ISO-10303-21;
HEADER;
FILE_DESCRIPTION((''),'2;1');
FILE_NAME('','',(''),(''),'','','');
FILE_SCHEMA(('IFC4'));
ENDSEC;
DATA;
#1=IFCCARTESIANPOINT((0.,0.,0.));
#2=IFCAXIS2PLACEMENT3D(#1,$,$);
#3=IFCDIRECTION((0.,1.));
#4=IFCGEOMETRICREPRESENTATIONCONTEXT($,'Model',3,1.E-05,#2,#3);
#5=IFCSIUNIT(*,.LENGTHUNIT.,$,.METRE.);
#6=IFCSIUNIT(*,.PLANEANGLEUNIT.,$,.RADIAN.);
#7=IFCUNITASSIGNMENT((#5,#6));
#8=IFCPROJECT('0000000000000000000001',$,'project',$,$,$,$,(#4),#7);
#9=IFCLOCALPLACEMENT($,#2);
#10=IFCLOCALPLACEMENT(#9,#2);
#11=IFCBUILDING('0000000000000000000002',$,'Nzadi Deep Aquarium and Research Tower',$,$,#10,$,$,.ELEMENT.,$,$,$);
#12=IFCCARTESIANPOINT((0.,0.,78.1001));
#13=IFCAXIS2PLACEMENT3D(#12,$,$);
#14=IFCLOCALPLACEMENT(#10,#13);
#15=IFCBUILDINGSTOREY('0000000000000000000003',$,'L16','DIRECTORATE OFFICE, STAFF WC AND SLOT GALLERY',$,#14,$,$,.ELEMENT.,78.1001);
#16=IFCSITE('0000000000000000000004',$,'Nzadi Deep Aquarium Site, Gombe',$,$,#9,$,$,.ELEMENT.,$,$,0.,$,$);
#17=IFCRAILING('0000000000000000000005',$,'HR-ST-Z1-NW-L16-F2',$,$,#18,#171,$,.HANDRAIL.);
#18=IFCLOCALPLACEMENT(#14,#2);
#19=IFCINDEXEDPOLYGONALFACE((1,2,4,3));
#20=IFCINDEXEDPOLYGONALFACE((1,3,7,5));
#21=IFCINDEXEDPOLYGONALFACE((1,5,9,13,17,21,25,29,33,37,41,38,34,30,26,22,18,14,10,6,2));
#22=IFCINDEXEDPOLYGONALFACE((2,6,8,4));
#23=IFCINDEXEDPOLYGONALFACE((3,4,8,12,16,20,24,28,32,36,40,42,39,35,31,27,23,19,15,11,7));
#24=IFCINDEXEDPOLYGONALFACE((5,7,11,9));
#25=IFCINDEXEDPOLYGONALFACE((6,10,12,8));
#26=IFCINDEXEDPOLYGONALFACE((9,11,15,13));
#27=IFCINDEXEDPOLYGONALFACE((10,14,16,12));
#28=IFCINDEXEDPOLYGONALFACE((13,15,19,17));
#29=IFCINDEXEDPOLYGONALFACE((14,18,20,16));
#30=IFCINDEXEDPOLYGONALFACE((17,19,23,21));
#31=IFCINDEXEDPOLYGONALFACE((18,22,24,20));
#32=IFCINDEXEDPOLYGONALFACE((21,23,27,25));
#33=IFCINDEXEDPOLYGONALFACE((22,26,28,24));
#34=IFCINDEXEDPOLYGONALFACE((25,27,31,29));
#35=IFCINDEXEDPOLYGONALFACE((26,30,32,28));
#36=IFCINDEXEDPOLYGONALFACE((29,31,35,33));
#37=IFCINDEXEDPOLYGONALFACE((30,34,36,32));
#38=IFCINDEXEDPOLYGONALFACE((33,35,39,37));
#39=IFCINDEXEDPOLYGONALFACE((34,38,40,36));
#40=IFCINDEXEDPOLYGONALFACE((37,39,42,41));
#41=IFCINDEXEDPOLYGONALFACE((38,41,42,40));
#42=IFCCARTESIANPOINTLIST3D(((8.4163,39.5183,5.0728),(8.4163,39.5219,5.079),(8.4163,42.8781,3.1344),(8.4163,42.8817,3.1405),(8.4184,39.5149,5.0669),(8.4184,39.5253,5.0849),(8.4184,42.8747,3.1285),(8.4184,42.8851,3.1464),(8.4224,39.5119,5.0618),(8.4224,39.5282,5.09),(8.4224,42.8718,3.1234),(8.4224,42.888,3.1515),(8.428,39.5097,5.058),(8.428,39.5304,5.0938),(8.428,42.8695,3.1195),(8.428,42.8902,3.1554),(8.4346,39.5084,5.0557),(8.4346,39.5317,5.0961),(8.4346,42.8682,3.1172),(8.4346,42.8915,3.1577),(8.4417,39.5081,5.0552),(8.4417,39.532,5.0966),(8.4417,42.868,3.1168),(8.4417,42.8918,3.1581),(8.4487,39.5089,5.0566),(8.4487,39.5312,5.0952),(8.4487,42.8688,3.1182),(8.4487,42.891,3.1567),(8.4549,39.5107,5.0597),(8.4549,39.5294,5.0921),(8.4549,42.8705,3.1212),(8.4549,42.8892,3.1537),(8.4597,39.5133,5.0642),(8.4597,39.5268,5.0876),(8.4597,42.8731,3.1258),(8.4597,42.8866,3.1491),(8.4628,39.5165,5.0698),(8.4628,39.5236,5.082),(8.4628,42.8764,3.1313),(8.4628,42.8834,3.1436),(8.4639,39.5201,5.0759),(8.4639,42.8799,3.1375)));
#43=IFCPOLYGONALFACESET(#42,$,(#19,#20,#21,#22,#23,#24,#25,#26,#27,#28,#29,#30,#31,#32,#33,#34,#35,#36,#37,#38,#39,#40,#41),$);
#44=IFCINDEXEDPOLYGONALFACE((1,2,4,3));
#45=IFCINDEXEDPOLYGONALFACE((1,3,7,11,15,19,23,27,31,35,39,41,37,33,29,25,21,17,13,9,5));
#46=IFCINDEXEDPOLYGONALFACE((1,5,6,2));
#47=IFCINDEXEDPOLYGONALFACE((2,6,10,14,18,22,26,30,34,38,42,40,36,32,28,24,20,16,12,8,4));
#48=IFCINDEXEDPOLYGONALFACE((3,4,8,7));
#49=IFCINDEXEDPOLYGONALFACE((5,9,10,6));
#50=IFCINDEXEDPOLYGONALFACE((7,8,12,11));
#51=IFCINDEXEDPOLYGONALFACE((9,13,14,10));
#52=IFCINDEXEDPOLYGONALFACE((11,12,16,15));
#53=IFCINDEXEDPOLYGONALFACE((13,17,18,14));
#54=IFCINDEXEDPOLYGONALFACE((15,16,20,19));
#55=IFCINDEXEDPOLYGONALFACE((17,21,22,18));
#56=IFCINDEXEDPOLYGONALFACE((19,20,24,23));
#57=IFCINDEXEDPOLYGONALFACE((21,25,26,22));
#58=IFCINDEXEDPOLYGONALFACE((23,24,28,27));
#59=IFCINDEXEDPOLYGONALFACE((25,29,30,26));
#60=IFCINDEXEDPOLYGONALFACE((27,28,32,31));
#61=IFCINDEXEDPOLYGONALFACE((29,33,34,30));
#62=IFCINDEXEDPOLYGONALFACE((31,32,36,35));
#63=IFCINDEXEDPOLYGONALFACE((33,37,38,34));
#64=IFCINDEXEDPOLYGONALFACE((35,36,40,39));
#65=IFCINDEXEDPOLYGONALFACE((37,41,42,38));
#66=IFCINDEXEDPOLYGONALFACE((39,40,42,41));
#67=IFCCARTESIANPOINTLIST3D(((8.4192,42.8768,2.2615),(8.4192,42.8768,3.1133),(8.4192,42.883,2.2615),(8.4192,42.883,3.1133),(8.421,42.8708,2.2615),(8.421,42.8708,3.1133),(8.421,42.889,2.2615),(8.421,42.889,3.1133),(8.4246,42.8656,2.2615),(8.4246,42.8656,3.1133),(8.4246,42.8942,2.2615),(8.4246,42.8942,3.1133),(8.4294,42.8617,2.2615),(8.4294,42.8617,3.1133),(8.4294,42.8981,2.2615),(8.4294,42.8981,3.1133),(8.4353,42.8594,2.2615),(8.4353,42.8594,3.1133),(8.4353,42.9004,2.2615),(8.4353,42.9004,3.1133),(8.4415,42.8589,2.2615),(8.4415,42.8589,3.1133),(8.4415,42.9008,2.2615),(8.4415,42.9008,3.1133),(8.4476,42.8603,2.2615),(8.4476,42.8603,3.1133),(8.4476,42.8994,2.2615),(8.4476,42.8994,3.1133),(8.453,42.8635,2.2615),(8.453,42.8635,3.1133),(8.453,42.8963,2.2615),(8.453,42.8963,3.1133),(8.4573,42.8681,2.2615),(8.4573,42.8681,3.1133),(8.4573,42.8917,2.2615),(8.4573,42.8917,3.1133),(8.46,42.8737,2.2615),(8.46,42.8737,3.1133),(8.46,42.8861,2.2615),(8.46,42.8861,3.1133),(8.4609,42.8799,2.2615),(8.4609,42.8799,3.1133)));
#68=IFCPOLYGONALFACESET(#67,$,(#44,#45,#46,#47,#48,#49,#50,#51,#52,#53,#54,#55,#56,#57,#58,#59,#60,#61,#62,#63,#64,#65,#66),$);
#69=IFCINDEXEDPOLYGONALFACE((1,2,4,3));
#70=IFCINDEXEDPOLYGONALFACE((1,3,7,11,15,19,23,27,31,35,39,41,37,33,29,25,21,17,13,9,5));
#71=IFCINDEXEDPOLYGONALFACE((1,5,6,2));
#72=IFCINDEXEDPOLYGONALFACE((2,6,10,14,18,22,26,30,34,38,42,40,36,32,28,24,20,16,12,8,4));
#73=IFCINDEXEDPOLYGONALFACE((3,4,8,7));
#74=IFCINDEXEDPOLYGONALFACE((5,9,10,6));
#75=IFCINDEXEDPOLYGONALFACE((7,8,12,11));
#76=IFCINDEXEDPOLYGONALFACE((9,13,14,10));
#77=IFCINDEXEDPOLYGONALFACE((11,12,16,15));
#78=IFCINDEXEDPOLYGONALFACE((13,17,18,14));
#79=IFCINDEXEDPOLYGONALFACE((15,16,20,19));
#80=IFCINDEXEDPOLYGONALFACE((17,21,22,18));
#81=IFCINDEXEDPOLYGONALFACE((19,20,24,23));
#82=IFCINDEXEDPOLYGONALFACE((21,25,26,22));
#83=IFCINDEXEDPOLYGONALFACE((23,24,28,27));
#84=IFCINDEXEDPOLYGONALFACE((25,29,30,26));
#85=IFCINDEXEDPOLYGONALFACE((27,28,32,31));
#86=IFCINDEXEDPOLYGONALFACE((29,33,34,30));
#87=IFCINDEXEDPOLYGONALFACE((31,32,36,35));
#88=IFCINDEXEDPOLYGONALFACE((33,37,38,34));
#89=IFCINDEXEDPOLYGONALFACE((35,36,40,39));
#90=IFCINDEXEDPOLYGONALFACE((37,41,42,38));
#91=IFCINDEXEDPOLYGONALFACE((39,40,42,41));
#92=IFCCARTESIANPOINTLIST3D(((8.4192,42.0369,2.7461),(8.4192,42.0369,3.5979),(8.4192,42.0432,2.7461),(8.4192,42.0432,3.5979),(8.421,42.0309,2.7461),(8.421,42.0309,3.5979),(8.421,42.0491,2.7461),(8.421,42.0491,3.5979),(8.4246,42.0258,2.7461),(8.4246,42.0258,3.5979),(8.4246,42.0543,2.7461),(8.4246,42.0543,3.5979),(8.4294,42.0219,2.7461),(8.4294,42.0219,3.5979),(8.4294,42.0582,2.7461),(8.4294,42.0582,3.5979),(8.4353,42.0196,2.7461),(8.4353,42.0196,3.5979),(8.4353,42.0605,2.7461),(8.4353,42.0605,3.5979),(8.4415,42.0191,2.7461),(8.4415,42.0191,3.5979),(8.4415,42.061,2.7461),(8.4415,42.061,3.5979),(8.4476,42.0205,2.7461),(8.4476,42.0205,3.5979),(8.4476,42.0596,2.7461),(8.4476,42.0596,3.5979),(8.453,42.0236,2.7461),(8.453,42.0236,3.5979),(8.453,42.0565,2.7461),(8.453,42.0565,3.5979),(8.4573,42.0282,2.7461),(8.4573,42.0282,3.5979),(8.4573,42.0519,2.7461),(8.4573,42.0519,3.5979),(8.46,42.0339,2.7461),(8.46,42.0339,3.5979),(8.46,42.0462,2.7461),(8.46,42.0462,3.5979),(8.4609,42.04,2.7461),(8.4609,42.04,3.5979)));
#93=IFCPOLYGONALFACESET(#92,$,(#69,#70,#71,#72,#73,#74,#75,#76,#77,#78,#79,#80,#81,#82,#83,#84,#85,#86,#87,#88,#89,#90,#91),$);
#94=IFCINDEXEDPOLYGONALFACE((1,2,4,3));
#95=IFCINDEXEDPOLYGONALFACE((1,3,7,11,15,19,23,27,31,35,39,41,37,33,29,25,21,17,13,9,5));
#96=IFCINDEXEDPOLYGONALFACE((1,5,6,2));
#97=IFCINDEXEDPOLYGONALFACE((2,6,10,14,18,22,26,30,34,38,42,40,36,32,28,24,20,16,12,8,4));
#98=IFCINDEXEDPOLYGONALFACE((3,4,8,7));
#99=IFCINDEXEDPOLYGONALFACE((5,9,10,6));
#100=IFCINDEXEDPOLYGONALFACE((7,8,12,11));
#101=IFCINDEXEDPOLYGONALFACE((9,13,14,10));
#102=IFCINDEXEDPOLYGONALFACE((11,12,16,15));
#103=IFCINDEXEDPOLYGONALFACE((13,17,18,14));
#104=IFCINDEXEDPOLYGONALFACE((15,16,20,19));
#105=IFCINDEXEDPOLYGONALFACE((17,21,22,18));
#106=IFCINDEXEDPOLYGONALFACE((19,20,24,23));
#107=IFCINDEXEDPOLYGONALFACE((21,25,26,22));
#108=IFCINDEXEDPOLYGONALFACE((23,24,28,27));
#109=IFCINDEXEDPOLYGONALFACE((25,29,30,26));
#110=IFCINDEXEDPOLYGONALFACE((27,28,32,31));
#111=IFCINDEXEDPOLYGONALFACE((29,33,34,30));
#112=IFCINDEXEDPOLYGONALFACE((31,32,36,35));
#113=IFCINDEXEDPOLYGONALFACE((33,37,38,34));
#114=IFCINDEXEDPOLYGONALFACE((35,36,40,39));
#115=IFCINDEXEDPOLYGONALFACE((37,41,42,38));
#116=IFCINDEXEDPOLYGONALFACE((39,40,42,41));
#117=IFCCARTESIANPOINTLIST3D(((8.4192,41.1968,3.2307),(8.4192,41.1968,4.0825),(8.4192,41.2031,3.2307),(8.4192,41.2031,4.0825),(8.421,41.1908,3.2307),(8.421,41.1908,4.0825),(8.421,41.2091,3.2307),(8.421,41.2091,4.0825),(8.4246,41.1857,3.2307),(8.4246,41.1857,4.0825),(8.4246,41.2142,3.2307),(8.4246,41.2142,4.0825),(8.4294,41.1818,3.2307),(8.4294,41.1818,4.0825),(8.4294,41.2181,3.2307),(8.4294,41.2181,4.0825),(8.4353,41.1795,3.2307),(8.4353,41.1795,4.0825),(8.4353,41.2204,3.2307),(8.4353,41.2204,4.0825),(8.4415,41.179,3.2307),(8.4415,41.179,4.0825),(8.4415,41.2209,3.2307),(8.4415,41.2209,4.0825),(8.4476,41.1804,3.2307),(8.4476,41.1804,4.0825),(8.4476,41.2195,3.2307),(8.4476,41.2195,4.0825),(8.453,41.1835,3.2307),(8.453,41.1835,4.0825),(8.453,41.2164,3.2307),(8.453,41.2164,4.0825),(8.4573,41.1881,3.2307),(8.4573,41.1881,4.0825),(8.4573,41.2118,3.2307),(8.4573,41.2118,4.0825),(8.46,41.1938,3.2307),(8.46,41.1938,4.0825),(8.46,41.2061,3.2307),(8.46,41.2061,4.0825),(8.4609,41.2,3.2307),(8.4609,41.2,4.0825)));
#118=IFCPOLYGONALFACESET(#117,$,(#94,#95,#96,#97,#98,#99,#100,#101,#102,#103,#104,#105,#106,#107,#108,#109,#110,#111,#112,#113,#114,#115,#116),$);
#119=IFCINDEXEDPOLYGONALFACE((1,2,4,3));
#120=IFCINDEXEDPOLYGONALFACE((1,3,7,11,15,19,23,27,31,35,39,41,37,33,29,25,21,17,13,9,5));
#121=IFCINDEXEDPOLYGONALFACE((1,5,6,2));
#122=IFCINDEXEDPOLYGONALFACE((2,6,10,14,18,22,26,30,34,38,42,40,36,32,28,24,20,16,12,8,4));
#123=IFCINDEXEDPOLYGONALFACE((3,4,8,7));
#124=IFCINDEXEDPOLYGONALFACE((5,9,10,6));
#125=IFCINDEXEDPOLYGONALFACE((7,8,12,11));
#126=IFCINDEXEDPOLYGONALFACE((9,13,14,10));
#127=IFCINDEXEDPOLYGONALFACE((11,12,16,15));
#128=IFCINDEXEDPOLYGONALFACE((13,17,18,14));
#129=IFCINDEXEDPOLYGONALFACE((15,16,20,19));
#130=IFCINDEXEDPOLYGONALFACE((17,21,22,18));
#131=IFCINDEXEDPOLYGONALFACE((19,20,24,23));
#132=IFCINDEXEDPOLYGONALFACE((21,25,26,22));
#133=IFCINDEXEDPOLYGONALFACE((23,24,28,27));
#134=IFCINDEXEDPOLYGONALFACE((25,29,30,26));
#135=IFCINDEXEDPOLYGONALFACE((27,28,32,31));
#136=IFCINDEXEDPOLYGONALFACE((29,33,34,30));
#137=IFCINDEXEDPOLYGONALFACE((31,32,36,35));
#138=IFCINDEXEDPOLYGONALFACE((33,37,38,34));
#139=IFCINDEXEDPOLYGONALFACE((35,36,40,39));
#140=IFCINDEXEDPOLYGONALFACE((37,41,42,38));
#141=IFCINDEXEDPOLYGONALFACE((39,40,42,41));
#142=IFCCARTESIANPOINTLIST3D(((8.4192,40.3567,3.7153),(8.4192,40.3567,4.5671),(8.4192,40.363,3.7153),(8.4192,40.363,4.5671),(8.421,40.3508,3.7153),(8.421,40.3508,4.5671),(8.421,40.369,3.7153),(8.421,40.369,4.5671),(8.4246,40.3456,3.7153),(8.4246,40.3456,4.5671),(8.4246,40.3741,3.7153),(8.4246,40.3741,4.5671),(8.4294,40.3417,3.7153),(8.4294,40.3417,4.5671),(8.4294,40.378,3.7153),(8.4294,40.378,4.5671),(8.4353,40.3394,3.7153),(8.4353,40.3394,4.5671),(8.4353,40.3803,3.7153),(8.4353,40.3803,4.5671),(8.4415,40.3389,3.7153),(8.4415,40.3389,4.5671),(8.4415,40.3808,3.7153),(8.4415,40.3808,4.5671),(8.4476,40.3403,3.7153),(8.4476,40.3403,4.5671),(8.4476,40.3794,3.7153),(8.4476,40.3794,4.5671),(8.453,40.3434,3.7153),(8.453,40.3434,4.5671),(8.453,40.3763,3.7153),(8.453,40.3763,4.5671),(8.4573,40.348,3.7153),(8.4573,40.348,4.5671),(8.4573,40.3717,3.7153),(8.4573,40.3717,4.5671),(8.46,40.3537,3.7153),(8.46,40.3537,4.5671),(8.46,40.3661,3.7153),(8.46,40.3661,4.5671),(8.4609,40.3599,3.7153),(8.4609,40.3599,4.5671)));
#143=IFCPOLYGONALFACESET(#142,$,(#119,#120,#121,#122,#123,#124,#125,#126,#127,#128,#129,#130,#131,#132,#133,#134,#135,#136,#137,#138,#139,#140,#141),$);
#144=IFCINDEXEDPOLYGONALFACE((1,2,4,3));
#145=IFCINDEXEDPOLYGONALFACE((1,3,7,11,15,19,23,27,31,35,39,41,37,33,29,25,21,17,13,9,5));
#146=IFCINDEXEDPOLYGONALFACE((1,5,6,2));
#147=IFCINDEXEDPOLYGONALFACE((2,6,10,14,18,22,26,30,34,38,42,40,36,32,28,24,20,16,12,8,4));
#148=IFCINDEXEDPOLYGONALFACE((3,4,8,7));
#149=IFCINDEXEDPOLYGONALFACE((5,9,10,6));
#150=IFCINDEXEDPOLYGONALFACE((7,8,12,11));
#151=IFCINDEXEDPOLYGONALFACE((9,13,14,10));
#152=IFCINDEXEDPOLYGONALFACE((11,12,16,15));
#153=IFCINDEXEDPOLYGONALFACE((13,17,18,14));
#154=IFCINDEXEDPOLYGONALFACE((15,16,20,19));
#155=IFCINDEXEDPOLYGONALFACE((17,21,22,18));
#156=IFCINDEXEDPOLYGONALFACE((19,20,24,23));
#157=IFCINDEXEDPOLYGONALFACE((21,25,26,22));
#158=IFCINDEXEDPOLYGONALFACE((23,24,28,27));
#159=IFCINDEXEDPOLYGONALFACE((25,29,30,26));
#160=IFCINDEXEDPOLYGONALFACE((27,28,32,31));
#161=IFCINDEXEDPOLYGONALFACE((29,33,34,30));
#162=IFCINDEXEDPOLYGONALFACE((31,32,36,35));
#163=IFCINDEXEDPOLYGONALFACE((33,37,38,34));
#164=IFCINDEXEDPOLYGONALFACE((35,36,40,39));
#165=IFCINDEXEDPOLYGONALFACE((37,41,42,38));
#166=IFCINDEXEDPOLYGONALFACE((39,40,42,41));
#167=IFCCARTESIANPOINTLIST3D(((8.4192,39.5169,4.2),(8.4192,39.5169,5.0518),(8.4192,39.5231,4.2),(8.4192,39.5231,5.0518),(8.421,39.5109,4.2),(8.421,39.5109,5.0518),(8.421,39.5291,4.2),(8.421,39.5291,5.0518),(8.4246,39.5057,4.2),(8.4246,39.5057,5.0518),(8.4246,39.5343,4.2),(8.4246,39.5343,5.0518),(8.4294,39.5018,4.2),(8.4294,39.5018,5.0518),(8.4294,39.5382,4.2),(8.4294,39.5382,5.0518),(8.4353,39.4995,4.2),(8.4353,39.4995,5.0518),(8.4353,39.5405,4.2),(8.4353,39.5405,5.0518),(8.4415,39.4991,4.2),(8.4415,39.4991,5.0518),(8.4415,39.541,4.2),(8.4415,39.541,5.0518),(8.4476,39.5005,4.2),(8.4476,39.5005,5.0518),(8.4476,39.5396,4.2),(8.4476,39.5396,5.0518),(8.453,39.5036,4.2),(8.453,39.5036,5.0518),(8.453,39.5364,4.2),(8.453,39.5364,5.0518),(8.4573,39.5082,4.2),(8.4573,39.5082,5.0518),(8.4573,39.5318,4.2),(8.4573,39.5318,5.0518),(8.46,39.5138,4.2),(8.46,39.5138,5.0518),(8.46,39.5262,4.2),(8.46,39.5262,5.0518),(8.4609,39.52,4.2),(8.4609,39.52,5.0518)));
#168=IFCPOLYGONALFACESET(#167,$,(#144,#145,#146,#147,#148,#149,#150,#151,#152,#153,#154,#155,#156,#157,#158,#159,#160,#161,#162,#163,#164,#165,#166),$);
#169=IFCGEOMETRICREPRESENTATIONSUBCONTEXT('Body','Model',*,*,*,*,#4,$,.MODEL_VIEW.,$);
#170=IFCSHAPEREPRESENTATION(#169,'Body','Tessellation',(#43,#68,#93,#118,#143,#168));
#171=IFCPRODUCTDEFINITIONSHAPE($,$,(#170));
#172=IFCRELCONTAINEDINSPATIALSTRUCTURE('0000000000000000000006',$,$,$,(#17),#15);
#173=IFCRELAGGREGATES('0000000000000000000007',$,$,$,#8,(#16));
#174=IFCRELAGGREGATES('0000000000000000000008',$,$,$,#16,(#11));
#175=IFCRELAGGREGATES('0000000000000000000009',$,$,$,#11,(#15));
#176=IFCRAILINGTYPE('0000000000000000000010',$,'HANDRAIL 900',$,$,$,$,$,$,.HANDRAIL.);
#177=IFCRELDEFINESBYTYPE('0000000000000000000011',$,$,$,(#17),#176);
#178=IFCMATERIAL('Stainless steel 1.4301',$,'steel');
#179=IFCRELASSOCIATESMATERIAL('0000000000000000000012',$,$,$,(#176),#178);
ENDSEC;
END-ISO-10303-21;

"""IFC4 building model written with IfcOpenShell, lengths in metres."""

from ifc_helpers import new_model, si_unit, direction, frame, origin, origin_2d, place, context, subcontext, project, spatial, circle, extrude, material, type_object, element, save


model = new_model("IFC4")

# Units and contexts
model_context = context("Model", 3, precision=1e-05, world=origin(), true_north=direction((0.0, 1.0)))
body_context = subcontext(model_context, "Body", "Model", "MODEL_VIEW")
ifc_project = project(units=[si_unit("LENGTHUNIT", "METRE"), si_unit("PLANEANGLEUNIT", "RADIAN")], contexts=[model_context])

# Site, building, storey
site_placement = place(None, origin())
site = spatial("IfcSite", under=ifc_project, at=site_placement, Name="Nzadi Deep Aquarium Site, Gombe", CompositionType="ELEMENT", RefElevation=0.0)
building_placement = place(site_placement, origin())
building = spatial("IfcBuilding", under=site, at=building_placement, Name="Nzadi Deep Aquarium and Research Tower", CompositionType="ELEMENT")
storey_placement = place(building_placement, frame((0.0, 0.0, 78.1001)))
storey = spatial("IfcBuildingStorey", under=building, at=storey_placement, Name="L16", Description="DIRECTORATE OFFICE, STAFF WC AND SLOT GALLERY", CompositionType="ELEMENT", Elevation=78.1001)

# Railing
ifc_material_1 = material(Name="Stainless steel 1.4301", Category="steel")
railing_type = type_object("IfcRailingType", Name="HANDRAIL 900", PredefinedType="HANDRAIL", material=ifc_material_1)
for number, where, name in (
    (1, (8.4399, 42.8799, 2.2615), "HR-ST-Z1-NW-L16-F2"),
):
    element("IfcRailing", number, at=place(storey_placement, frame(where)), inside=storey, type_object=railing_type, Name=name, PredefinedType="HANDRAIL", context=body_context, shape_type="SweptSolid", body=[
        extrude(circle(Radius=0.0239, at=origin_2d()), frame((0.0, 0.0, 0.876), z_axis=(0.0, -0.866175, 0.499741), x_axis=(1.0, 0.0, 0.0)), (0.0, 0.0, 1.0), 3.8789),
        extrude(circle(Radius=0.021, at=origin_2d()), origin(), (0.0, 0.0, 1.0), 0.8518),
        extrude(circle(Radius=0.021, at=origin_2d()), frame((0.0, -0.8398, 0.4846)), (0.0, 0.0, 1.0), 0.8518),
        extrude(circle(Radius=0.021, at=origin_2d()), frame((0.0, -1.6799, 0.9692)), (0.0, 0.0, 1.0), 0.8518),
        extrude(circle(Radius=0.021, at=origin_2d()), frame((0.0, -2.52, 1.4539)), (0.0, 0.0, 1.0), 0.8518),
        extrude(circle(Radius=0.021, at=origin_2d()), frame((0.0, -3.3599, 1.9385)), (0.0, 0.0, 1.0), 0.8518),
    ])

save(model, "model.ifc")
